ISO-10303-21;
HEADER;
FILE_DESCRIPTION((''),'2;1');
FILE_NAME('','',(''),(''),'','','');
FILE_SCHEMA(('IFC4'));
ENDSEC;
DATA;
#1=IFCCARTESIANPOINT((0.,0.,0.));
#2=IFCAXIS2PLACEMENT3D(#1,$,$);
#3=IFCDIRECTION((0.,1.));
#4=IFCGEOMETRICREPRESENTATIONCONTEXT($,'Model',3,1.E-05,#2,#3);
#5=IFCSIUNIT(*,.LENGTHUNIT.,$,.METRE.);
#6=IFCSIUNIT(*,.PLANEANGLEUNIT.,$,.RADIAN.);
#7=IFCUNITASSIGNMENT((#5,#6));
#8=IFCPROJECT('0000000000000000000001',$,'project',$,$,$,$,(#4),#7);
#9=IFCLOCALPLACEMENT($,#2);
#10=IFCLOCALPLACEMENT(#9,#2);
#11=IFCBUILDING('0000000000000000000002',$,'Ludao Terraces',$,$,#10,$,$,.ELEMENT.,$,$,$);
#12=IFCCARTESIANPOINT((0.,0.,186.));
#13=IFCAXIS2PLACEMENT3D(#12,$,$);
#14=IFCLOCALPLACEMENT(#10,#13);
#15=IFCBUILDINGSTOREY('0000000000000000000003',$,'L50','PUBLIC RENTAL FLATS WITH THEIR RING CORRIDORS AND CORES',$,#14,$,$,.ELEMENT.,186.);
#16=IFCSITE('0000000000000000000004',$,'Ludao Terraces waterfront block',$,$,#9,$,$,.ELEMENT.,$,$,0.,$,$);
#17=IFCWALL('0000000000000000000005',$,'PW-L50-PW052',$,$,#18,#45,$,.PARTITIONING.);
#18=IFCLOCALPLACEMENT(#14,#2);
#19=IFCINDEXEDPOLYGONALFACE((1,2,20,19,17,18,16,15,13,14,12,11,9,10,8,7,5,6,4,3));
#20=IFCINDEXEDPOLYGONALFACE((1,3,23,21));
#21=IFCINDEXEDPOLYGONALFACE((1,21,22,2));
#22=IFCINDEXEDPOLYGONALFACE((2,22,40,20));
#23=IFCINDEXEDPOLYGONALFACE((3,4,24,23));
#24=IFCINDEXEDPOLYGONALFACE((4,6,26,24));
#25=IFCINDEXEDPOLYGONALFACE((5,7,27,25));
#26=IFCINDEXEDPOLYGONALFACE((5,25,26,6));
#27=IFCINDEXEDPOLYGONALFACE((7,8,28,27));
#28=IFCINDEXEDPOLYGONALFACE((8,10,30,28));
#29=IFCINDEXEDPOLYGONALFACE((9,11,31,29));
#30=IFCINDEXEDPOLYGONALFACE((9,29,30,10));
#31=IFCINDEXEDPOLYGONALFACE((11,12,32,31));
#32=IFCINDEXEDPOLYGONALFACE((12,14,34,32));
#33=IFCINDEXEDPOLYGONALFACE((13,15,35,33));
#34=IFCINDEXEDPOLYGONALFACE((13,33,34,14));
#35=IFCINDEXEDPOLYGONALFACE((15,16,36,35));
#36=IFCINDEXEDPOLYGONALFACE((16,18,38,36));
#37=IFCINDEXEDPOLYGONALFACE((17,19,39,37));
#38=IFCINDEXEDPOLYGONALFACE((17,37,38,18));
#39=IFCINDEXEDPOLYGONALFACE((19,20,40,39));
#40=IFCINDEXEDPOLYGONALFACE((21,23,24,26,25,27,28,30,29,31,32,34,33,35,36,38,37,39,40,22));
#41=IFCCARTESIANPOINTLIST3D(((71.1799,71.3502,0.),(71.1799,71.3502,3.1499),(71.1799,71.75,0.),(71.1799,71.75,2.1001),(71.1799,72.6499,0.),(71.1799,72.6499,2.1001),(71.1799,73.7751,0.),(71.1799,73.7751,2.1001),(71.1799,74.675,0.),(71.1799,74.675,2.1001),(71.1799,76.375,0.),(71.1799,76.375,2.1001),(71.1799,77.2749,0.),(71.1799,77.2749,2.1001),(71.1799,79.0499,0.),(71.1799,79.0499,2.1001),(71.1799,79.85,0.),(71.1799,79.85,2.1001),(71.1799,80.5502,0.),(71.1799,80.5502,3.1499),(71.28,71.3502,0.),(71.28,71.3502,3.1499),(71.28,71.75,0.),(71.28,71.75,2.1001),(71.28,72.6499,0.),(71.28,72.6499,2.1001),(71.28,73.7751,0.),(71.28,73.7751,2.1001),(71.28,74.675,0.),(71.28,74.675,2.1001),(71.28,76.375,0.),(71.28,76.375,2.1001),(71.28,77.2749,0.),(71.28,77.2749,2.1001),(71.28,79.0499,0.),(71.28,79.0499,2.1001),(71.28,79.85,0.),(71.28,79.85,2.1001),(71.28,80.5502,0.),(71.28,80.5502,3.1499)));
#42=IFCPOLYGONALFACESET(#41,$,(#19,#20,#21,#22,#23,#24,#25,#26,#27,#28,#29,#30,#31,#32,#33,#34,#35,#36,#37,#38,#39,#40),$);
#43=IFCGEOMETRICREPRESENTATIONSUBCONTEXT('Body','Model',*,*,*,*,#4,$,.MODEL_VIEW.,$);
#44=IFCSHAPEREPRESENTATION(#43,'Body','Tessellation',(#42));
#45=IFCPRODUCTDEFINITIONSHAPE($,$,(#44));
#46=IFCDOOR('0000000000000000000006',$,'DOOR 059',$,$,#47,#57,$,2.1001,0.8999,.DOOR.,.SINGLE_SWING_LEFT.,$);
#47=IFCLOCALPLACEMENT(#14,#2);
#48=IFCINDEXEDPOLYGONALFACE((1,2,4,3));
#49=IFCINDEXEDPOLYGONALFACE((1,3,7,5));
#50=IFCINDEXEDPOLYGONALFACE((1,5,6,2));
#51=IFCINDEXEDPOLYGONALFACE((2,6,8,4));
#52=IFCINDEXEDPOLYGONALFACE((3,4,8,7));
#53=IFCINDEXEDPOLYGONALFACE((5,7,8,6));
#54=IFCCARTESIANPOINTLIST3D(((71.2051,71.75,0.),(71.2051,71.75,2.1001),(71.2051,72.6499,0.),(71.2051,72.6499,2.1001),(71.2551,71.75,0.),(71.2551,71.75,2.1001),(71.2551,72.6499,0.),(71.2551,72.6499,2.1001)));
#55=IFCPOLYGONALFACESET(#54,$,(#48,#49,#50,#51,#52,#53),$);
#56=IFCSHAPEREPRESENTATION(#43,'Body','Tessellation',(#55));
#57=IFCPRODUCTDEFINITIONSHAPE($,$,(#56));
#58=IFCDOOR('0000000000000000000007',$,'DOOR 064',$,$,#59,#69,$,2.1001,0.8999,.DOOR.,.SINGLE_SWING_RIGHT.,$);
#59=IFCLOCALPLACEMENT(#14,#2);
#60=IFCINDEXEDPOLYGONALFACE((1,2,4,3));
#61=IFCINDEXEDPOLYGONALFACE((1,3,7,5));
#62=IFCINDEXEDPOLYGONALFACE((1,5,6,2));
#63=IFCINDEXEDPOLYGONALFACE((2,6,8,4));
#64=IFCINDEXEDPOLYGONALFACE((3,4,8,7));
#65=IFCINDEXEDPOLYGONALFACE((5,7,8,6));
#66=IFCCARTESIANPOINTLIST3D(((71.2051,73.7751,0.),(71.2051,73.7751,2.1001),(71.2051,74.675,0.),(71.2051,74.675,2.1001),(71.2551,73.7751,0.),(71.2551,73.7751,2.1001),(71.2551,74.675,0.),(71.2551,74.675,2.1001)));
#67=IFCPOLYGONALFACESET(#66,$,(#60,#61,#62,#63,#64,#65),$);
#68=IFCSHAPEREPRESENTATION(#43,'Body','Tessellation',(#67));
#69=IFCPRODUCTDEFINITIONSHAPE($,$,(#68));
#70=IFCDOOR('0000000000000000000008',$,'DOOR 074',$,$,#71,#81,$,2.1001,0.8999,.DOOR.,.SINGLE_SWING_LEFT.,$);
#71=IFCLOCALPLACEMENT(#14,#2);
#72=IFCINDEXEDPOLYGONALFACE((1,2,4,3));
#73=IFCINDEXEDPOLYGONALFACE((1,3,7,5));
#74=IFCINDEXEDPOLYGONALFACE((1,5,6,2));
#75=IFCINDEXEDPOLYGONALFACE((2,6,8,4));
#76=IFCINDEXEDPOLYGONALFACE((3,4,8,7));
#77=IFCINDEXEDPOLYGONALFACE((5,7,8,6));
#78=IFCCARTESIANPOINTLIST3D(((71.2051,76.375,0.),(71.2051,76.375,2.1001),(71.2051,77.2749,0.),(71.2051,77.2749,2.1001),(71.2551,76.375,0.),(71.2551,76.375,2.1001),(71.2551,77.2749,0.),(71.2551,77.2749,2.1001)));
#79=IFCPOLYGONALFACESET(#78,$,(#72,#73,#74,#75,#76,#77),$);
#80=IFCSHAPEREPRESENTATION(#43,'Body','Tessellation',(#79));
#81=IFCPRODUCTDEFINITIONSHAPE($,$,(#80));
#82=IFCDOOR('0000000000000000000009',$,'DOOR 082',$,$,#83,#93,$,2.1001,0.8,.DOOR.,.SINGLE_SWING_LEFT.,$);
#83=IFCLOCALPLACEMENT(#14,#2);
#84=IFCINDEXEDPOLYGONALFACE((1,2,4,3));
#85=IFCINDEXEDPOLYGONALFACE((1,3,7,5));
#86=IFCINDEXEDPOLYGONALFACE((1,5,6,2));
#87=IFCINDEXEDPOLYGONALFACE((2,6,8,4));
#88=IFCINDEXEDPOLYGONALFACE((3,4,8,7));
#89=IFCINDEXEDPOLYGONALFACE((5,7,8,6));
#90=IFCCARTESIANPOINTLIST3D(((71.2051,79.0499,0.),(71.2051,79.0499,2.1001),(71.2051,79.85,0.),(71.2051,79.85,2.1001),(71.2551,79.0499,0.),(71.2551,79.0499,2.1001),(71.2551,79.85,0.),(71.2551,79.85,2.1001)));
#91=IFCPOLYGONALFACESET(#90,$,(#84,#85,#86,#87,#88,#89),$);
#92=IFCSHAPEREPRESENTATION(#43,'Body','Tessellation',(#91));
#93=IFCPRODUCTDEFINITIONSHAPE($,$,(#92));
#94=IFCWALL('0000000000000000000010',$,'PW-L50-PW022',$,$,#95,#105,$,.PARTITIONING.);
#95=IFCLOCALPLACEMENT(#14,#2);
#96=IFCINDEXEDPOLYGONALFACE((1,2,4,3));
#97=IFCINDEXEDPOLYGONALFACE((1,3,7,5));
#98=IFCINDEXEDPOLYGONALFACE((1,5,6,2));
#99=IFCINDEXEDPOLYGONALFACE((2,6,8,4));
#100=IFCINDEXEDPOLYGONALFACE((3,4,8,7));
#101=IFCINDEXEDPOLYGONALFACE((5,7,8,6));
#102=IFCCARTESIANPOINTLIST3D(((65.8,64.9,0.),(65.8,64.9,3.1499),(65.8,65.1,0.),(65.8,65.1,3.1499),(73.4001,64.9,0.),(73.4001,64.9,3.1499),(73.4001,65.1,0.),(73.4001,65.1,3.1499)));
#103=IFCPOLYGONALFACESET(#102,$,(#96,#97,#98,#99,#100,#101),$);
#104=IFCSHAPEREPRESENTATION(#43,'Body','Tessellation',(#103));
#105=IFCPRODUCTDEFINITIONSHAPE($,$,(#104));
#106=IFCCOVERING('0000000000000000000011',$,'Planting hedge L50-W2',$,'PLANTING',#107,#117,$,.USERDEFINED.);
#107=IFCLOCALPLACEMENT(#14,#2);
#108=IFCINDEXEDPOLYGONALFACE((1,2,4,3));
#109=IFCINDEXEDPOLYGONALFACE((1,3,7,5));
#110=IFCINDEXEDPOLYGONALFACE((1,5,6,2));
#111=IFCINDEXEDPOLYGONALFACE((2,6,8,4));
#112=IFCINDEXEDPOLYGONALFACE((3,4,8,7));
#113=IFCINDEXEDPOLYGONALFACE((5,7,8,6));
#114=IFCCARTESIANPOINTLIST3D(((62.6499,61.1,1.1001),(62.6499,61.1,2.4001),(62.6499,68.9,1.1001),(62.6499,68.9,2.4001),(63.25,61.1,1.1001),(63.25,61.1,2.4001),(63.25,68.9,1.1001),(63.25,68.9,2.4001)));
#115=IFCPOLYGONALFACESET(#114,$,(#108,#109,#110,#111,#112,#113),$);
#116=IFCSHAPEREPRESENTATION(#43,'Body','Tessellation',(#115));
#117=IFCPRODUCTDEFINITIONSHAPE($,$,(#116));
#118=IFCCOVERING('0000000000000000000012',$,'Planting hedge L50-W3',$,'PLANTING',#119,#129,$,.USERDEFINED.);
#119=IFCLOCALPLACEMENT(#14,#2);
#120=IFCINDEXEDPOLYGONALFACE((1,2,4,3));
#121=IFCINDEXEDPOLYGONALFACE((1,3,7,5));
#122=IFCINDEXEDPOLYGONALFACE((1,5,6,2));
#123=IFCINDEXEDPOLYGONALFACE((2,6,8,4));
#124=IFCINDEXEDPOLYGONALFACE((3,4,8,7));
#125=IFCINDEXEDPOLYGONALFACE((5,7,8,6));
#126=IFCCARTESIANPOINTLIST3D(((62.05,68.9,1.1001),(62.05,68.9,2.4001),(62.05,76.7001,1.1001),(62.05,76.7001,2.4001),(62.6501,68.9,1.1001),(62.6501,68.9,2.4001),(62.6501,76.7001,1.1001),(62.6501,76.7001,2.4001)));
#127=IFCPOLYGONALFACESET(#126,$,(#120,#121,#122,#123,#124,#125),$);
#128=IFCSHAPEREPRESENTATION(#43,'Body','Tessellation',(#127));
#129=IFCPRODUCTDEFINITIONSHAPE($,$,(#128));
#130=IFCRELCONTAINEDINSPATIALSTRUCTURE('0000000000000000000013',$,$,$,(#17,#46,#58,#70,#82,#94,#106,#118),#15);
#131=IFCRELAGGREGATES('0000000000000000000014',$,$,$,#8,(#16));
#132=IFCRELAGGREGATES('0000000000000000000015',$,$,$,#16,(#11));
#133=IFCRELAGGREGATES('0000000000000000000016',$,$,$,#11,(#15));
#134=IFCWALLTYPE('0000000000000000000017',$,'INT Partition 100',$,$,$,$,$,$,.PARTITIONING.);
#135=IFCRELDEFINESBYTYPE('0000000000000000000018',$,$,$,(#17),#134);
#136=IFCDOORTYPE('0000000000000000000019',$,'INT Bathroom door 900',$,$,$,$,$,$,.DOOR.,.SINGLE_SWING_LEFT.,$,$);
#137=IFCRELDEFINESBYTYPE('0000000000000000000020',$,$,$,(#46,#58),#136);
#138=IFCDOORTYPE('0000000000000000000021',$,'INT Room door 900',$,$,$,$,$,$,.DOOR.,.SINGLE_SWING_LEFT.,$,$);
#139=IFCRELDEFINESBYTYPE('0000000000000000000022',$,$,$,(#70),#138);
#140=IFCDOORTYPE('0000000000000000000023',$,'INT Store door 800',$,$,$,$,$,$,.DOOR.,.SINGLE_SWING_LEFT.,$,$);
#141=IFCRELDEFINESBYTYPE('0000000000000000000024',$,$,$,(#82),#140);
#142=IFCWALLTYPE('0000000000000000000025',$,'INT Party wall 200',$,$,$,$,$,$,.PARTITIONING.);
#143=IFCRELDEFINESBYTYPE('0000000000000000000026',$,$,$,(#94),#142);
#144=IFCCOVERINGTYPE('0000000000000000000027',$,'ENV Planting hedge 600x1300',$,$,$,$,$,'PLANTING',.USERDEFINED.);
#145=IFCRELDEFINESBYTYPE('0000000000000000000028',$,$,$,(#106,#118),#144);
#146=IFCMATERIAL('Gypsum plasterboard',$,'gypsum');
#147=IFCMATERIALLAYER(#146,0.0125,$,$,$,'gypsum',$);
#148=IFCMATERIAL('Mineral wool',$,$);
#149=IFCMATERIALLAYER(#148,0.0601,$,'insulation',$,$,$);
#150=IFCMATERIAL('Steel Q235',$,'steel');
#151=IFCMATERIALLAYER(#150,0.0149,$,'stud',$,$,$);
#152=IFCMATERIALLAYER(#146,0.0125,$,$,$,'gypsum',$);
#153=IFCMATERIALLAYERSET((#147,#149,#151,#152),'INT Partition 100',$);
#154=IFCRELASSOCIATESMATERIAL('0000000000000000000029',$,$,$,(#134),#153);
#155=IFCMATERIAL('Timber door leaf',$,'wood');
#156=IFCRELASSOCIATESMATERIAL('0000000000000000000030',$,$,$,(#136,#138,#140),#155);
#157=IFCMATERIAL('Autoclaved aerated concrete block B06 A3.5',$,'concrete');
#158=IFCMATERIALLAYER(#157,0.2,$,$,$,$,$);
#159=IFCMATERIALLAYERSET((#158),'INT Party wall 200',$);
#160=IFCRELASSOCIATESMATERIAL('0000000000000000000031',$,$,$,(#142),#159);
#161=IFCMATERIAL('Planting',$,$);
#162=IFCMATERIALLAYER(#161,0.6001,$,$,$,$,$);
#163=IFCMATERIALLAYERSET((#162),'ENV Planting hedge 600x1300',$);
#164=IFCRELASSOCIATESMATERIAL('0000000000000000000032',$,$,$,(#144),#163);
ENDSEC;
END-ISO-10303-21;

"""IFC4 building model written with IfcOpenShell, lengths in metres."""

from ifc_helpers import new_model, si_unit, direction, frame, frame_2d, origin, origin_2d, place, context, subcontext, project, spatial, rectangle, extrude, material, layer, layer_set, type_object, element, fill, save


model = new_model("IFC4")

# Units and contexts
model_context = context("Model", 3, precision=1e-05, world=origin(), true_north=direction((0.0, 1.0)))
body_context = subcontext(model_context, "Body", "Model", "MODEL_VIEW")
ifc_project = project(units=[si_unit("LENGTHUNIT", "METRE"), si_unit("PLANEANGLEUNIT", "RADIAN")], contexts=[model_context])

# Site, building, storey
site_placement = place(None, origin())
site = spatial("IfcSite", under=ifc_project, at=site_placement, Name="Ludao Terraces waterfront block", CompositionType="ELEMENT", RefElevation=0.0)
building_placement = place(site_placement, origin())
building = spatial("IfcBuilding", under=site, at=building_placement, Name="Ludao Terraces", CompositionType="ELEMENT")
storey_placement = place(building_placement, frame((0.0, 0.0, 186.0)))
storey = spatial("IfcBuildingStorey", under=building, at=storey_placement, Name="L50", Description="PUBLIC RENTAL FLATS WITH THEIR RING CORRIDORS AND CORES", CompositionType="ELEMENT", Elevation=186.0)

# Shared definitions
ifc_material_1 = material(Name="Mineral wool")

# Shared definitions
ifc_material_2 = material(Name="Gypsum plasterboard", Category="gypsum")
ifc_layer_1 = layer(ifc_material_2, 0.0125, Category="gypsum")
ifc_layer_2 = layer(ifc_material_1, 0.0601, Name="insulation")
ifc_material_3 = material(Name="Steel Q235", Category="steel")
ifc_layer_3 = layer(ifc_material_3, 0.0149, Name="stud")
ifc_layer_4 = layer(ifc_material_2, 0.0125, Category="gypsum")
ifc_layer_set_1 = layer_set([ifc_layer_1, ifc_layer_2, ifc_layer_3, ifc_layer_4], Name="INT Partition 100")
wall_type_1 = type_object("IfcWallType", Name="INT Partition 100", PredefinedType="PARTITIONING", material=ifc_layer_set_1)

# Wall, openings, doors
wall_1_placement = place(storey_placement, frame((71.23, 71.3501, 0.0), z_axis=(0.0, 0.0, 1.0), x_axis=(0.0, 1.0, 0.0)))
wall_1 = element("IfcWall", 1, at=wall_1_placement, inside=storey, type_object=wall_type_1, Name="PW-L50-PW052", PredefinedType="PARTITIONING", context=body_context, shape_type="SweptSolid", body=[
    extrude(rectangle(XDim=9.2, YDim=0.1001, at=frame_2d((4.6001, 0.0))), origin(), (0.0, 0.0, 1.0), 3.1499),
])
opening_1_placement = place(wall_1_placement, frame((0.3999, 0.0, 0.0)))
opening_1 = element("IfcOpeningElement", 2, at=opening_1_placement, cuts=wall_1, PredefinedType="OPENING", context=body_context, shape_type="SweptSolid", body=[
    extrude(rectangle(XDim=0.8999, YDim=2.1001, at=frame_2d((0.45, 1.05))), frame((0.0, 0.0601, 0.0), z_axis=(0.0, -1.0, 0.0), x_axis=(1.0, 0.0, 0.0)), (0.0, 0.0, 1.0), 0.1201),
])
opening_2_placement = place(wall_1_placement, frame((2.425, 0.0, 0.0)))
opening_2 = element("IfcOpeningElement", 3, at=opening_2_placement, cuts=wall_1, PredefinedType="OPENING", context=body_context, shape_type="SweptSolid", body=[
    extrude(rectangle(XDim=0.8999, YDim=2.1001, at=frame_2d((0.45, 1.05))), frame((0.0, 0.0601, 0.0), z_axis=(0.0, -1.0, 0.0), x_axis=(1.0, 0.0, 0.0)), (0.0, 0.0, 1.0), 0.1201),
])
opening_3_placement = place(wall_1_placement, frame((5.0249, 0.0, 0.0)))
opening_3 = element("IfcOpeningElement", 4, at=opening_3_placement, cuts=wall_1, PredefinedType="OPENING", context=body_context, shape_type="SweptSolid", body=[
    extrude(rectangle(XDim=0.8999, YDim=2.1001, at=frame_2d((0.45, 1.05))), frame((0.0, 0.0601, 0.0), z_axis=(0.0, -1.0, 0.0), x_axis=(1.0, 0.0, 0.0)), (0.0, 0.0, 1.0), 0.1201),
])
opening_4_placement = place(wall_1_placement, frame((7.7, 0.0, 0.0)))
opening_4 = element("IfcOpeningElement", 5, at=opening_4_placement, cuts=wall_1, PredefinedType="OPENING", context=body_context, shape_type="SweptSolid", body=[
    extrude(rectangle(XDim=0.8, YDim=2.1001, at=frame_2d((0.3999, 1.05))), frame((0.0, 0.0601, 0.0), z_axis=(0.0, -1.0, 0.0), x_axis=(1.0, 0.0, 0.0)), (0.0, 0.0, 1.0), 0.1201),
])
ifc_material_4 = material(Name="Timber door leaf", Category="wood")
door_type_1 = type_object("IfcDoorType", Name="INT Bathroom door 900", OperationType="SINGLE_SWING_LEFT", PredefinedType="DOOR", material=ifc_material_4)
door_1_placement = place(opening_1_placement, origin())
door_1 = element("IfcDoor", 6, at=door_1_placement, inside=storey, type_object=door_type_1, Name="DOOR 059", OperationType="SINGLE_SWING_LEFT", OverallHeight=2.1001, OverallWidth=0.8999, PredefinedType="DOOR", context=body_context, shape_type="SweptSolid", body=[
    extrude(rectangle(XDim=0.8999, YDim=2.1001, at=frame_2d((0.45, 1.05))), frame((0.0, 0.0249, 0.0), z_axis=(0.0, -1.0, 0.0), x_axis=(1.0, 0.0, 0.0)), (0.0, 0.0, 1.0), 0.05),
])
fill(opening_1, door_1)
door_2_placement = place(opening_2_placement, origin())
door_2 = element("IfcDoor", 7, at=door_2_placement, inside=storey, type_object=door_type_1, Name="DOOR 064", OperationType="SINGLE_SWING_RIGHT", OverallHeight=2.1001, OverallWidth=0.8999, PredefinedType="DOOR", context=body_context, shape_type="SweptSolid", body=[
    extrude(rectangle(XDim=0.8999, YDim=2.1001, at=frame_2d((0.45, 1.05))), frame((0.0, 0.0249, 0.0), z_axis=(0.0, -1.0, 0.0), x_axis=(1.0, 0.0, 0.0)), (0.0, 0.0, 1.0), 0.05),
])
fill(opening_2, door_2)
door_type_2 = type_object("IfcDoorType", Name="INT Room door 900", OperationType="SINGLE_SWING_LEFT", PredefinedType="DOOR", material=ifc_material_4)
door_3_placement = place(opening_3_placement, origin())
door_3 = element("IfcDoor", 8, at=door_3_placement, inside=storey, type_object=door_type_2, Name="DOOR 074", OperationType="SINGLE_SWING_LEFT", OverallHeight=2.1001, OverallWidth=0.8999, PredefinedType="DOOR", context=body_context, shape_type="SweptSolid", body=[
    extrude(rectangle(XDim=0.8999, YDim=2.1001, at=frame_2d((0.45, 1.05))), frame((0.0, 0.0249, 0.0), z_axis=(0.0, -1.0, 0.0), x_axis=(1.0, 0.0, 0.0)), (0.0, 0.0, 1.0), 0.05),
])
fill(opening_3, door_3)
door_type_3 = type_object("IfcDoorType", Name="INT Store door 800", OperationType="SINGLE_SWING_LEFT", PredefinedType="DOOR", material=ifc_material_4)
door_4_placement = place(opening_4_placement, origin())
door_4 = element("IfcDoor", 9, at=door_4_placement, inside=storey, type_object=door_type_3, Name="DOOR 082", OperationType="SINGLE_SWING_LEFT", OverallHeight=2.1001, OverallWidth=0.8, PredefinedType="DOOR", context=body_context, shape_type="SweptSolid", body=[
    extrude(rectangle(XDim=0.8, YDim=2.1001, at=frame_2d((0.3999, 1.05))), frame((0.0, 0.0249, 0.0), z_axis=(0.0, -1.0, 0.0), x_axis=(1.0, 0.0, 0.0)), (0.0, 0.0, 1.0), 0.05),
])
fill(opening_4, door_4)

# Wall
ifc_material_5 = material(Name="Autoclaved aerated concrete block B06 A3.5", Category="concrete")
ifc_layer_5 = layer(ifc_material_5, 0.2)
ifc_layer_set_2 = layer_set([ifc_layer_5], Name="INT Party wall 200")
wall_type_2 = type_object("IfcWallType", Name="INT Party wall 200", PredefinedType="PARTITIONING", material=ifc_layer_set_2)
wall_2_placement = place(storey_placement, frame((65.8, 65.0, 0.0), z_axis=(0.0, 0.0, 1.0), x_axis=(1.0, 0.0, 0.0)))
element("IfcWall", 10, at=wall_2_placement, inside=storey, type_object=wall_type_2, Name="PW-L50-PW022", PredefinedType="PARTITIONING", context=body_context, shape_type="SweptSolid", body=[
    extrude(rectangle(XDim=7.6001, YDim=0.2, at=frame_2d((3.8, 0.0))), origin(), (0.0, 0.0, 1.0), 3.1499),
])

# Coverings
ifc_material_6 = material(Name="Planting")
ifc_layer_6 = layer(ifc_material_6, 0.6001)
ifc_layer_set_3 = layer_set([ifc_layer_6], Name="ENV Planting hedge 600x1300")
covering_type = type_object("IfcCoveringType", Name="ENV Planting hedge 600x1300", ElementType="PLANTING", PredefinedType="USERDEFINED", material=ifc_layer_set_3)
for number, where, z_axis, x_axis, name in (
    (11, (62.95, 65.0, 1.1001), (0.0, 0.0, 1.0), (1.0, 0.0, 0.0), "Planting hedge L50-W2"),
    (12, (62.3501, 72.8, 1.1001), (0.0, 0.0, 1.0), (1.0, 0.0, 0.0), "Planting hedge L50-W3"),
):
    element("IfcCovering", number, at=place(storey_placement, frame(where, z_axis=z_axis, x_axis=x_axis)), inside=storey, type_object=covering_type, Name=name, ObjectType="PLANTING", PredefinedType="USERDEFINED", context=body_context, shape_type="SweptSolid", body=[
        extrude(rectangle(XDim=0.6001, YDim=7.8, at=origin_2d()), origin(), (0.0, 0.0, 1.0), 1.3),
    ])

save(model, "model.ifc")
